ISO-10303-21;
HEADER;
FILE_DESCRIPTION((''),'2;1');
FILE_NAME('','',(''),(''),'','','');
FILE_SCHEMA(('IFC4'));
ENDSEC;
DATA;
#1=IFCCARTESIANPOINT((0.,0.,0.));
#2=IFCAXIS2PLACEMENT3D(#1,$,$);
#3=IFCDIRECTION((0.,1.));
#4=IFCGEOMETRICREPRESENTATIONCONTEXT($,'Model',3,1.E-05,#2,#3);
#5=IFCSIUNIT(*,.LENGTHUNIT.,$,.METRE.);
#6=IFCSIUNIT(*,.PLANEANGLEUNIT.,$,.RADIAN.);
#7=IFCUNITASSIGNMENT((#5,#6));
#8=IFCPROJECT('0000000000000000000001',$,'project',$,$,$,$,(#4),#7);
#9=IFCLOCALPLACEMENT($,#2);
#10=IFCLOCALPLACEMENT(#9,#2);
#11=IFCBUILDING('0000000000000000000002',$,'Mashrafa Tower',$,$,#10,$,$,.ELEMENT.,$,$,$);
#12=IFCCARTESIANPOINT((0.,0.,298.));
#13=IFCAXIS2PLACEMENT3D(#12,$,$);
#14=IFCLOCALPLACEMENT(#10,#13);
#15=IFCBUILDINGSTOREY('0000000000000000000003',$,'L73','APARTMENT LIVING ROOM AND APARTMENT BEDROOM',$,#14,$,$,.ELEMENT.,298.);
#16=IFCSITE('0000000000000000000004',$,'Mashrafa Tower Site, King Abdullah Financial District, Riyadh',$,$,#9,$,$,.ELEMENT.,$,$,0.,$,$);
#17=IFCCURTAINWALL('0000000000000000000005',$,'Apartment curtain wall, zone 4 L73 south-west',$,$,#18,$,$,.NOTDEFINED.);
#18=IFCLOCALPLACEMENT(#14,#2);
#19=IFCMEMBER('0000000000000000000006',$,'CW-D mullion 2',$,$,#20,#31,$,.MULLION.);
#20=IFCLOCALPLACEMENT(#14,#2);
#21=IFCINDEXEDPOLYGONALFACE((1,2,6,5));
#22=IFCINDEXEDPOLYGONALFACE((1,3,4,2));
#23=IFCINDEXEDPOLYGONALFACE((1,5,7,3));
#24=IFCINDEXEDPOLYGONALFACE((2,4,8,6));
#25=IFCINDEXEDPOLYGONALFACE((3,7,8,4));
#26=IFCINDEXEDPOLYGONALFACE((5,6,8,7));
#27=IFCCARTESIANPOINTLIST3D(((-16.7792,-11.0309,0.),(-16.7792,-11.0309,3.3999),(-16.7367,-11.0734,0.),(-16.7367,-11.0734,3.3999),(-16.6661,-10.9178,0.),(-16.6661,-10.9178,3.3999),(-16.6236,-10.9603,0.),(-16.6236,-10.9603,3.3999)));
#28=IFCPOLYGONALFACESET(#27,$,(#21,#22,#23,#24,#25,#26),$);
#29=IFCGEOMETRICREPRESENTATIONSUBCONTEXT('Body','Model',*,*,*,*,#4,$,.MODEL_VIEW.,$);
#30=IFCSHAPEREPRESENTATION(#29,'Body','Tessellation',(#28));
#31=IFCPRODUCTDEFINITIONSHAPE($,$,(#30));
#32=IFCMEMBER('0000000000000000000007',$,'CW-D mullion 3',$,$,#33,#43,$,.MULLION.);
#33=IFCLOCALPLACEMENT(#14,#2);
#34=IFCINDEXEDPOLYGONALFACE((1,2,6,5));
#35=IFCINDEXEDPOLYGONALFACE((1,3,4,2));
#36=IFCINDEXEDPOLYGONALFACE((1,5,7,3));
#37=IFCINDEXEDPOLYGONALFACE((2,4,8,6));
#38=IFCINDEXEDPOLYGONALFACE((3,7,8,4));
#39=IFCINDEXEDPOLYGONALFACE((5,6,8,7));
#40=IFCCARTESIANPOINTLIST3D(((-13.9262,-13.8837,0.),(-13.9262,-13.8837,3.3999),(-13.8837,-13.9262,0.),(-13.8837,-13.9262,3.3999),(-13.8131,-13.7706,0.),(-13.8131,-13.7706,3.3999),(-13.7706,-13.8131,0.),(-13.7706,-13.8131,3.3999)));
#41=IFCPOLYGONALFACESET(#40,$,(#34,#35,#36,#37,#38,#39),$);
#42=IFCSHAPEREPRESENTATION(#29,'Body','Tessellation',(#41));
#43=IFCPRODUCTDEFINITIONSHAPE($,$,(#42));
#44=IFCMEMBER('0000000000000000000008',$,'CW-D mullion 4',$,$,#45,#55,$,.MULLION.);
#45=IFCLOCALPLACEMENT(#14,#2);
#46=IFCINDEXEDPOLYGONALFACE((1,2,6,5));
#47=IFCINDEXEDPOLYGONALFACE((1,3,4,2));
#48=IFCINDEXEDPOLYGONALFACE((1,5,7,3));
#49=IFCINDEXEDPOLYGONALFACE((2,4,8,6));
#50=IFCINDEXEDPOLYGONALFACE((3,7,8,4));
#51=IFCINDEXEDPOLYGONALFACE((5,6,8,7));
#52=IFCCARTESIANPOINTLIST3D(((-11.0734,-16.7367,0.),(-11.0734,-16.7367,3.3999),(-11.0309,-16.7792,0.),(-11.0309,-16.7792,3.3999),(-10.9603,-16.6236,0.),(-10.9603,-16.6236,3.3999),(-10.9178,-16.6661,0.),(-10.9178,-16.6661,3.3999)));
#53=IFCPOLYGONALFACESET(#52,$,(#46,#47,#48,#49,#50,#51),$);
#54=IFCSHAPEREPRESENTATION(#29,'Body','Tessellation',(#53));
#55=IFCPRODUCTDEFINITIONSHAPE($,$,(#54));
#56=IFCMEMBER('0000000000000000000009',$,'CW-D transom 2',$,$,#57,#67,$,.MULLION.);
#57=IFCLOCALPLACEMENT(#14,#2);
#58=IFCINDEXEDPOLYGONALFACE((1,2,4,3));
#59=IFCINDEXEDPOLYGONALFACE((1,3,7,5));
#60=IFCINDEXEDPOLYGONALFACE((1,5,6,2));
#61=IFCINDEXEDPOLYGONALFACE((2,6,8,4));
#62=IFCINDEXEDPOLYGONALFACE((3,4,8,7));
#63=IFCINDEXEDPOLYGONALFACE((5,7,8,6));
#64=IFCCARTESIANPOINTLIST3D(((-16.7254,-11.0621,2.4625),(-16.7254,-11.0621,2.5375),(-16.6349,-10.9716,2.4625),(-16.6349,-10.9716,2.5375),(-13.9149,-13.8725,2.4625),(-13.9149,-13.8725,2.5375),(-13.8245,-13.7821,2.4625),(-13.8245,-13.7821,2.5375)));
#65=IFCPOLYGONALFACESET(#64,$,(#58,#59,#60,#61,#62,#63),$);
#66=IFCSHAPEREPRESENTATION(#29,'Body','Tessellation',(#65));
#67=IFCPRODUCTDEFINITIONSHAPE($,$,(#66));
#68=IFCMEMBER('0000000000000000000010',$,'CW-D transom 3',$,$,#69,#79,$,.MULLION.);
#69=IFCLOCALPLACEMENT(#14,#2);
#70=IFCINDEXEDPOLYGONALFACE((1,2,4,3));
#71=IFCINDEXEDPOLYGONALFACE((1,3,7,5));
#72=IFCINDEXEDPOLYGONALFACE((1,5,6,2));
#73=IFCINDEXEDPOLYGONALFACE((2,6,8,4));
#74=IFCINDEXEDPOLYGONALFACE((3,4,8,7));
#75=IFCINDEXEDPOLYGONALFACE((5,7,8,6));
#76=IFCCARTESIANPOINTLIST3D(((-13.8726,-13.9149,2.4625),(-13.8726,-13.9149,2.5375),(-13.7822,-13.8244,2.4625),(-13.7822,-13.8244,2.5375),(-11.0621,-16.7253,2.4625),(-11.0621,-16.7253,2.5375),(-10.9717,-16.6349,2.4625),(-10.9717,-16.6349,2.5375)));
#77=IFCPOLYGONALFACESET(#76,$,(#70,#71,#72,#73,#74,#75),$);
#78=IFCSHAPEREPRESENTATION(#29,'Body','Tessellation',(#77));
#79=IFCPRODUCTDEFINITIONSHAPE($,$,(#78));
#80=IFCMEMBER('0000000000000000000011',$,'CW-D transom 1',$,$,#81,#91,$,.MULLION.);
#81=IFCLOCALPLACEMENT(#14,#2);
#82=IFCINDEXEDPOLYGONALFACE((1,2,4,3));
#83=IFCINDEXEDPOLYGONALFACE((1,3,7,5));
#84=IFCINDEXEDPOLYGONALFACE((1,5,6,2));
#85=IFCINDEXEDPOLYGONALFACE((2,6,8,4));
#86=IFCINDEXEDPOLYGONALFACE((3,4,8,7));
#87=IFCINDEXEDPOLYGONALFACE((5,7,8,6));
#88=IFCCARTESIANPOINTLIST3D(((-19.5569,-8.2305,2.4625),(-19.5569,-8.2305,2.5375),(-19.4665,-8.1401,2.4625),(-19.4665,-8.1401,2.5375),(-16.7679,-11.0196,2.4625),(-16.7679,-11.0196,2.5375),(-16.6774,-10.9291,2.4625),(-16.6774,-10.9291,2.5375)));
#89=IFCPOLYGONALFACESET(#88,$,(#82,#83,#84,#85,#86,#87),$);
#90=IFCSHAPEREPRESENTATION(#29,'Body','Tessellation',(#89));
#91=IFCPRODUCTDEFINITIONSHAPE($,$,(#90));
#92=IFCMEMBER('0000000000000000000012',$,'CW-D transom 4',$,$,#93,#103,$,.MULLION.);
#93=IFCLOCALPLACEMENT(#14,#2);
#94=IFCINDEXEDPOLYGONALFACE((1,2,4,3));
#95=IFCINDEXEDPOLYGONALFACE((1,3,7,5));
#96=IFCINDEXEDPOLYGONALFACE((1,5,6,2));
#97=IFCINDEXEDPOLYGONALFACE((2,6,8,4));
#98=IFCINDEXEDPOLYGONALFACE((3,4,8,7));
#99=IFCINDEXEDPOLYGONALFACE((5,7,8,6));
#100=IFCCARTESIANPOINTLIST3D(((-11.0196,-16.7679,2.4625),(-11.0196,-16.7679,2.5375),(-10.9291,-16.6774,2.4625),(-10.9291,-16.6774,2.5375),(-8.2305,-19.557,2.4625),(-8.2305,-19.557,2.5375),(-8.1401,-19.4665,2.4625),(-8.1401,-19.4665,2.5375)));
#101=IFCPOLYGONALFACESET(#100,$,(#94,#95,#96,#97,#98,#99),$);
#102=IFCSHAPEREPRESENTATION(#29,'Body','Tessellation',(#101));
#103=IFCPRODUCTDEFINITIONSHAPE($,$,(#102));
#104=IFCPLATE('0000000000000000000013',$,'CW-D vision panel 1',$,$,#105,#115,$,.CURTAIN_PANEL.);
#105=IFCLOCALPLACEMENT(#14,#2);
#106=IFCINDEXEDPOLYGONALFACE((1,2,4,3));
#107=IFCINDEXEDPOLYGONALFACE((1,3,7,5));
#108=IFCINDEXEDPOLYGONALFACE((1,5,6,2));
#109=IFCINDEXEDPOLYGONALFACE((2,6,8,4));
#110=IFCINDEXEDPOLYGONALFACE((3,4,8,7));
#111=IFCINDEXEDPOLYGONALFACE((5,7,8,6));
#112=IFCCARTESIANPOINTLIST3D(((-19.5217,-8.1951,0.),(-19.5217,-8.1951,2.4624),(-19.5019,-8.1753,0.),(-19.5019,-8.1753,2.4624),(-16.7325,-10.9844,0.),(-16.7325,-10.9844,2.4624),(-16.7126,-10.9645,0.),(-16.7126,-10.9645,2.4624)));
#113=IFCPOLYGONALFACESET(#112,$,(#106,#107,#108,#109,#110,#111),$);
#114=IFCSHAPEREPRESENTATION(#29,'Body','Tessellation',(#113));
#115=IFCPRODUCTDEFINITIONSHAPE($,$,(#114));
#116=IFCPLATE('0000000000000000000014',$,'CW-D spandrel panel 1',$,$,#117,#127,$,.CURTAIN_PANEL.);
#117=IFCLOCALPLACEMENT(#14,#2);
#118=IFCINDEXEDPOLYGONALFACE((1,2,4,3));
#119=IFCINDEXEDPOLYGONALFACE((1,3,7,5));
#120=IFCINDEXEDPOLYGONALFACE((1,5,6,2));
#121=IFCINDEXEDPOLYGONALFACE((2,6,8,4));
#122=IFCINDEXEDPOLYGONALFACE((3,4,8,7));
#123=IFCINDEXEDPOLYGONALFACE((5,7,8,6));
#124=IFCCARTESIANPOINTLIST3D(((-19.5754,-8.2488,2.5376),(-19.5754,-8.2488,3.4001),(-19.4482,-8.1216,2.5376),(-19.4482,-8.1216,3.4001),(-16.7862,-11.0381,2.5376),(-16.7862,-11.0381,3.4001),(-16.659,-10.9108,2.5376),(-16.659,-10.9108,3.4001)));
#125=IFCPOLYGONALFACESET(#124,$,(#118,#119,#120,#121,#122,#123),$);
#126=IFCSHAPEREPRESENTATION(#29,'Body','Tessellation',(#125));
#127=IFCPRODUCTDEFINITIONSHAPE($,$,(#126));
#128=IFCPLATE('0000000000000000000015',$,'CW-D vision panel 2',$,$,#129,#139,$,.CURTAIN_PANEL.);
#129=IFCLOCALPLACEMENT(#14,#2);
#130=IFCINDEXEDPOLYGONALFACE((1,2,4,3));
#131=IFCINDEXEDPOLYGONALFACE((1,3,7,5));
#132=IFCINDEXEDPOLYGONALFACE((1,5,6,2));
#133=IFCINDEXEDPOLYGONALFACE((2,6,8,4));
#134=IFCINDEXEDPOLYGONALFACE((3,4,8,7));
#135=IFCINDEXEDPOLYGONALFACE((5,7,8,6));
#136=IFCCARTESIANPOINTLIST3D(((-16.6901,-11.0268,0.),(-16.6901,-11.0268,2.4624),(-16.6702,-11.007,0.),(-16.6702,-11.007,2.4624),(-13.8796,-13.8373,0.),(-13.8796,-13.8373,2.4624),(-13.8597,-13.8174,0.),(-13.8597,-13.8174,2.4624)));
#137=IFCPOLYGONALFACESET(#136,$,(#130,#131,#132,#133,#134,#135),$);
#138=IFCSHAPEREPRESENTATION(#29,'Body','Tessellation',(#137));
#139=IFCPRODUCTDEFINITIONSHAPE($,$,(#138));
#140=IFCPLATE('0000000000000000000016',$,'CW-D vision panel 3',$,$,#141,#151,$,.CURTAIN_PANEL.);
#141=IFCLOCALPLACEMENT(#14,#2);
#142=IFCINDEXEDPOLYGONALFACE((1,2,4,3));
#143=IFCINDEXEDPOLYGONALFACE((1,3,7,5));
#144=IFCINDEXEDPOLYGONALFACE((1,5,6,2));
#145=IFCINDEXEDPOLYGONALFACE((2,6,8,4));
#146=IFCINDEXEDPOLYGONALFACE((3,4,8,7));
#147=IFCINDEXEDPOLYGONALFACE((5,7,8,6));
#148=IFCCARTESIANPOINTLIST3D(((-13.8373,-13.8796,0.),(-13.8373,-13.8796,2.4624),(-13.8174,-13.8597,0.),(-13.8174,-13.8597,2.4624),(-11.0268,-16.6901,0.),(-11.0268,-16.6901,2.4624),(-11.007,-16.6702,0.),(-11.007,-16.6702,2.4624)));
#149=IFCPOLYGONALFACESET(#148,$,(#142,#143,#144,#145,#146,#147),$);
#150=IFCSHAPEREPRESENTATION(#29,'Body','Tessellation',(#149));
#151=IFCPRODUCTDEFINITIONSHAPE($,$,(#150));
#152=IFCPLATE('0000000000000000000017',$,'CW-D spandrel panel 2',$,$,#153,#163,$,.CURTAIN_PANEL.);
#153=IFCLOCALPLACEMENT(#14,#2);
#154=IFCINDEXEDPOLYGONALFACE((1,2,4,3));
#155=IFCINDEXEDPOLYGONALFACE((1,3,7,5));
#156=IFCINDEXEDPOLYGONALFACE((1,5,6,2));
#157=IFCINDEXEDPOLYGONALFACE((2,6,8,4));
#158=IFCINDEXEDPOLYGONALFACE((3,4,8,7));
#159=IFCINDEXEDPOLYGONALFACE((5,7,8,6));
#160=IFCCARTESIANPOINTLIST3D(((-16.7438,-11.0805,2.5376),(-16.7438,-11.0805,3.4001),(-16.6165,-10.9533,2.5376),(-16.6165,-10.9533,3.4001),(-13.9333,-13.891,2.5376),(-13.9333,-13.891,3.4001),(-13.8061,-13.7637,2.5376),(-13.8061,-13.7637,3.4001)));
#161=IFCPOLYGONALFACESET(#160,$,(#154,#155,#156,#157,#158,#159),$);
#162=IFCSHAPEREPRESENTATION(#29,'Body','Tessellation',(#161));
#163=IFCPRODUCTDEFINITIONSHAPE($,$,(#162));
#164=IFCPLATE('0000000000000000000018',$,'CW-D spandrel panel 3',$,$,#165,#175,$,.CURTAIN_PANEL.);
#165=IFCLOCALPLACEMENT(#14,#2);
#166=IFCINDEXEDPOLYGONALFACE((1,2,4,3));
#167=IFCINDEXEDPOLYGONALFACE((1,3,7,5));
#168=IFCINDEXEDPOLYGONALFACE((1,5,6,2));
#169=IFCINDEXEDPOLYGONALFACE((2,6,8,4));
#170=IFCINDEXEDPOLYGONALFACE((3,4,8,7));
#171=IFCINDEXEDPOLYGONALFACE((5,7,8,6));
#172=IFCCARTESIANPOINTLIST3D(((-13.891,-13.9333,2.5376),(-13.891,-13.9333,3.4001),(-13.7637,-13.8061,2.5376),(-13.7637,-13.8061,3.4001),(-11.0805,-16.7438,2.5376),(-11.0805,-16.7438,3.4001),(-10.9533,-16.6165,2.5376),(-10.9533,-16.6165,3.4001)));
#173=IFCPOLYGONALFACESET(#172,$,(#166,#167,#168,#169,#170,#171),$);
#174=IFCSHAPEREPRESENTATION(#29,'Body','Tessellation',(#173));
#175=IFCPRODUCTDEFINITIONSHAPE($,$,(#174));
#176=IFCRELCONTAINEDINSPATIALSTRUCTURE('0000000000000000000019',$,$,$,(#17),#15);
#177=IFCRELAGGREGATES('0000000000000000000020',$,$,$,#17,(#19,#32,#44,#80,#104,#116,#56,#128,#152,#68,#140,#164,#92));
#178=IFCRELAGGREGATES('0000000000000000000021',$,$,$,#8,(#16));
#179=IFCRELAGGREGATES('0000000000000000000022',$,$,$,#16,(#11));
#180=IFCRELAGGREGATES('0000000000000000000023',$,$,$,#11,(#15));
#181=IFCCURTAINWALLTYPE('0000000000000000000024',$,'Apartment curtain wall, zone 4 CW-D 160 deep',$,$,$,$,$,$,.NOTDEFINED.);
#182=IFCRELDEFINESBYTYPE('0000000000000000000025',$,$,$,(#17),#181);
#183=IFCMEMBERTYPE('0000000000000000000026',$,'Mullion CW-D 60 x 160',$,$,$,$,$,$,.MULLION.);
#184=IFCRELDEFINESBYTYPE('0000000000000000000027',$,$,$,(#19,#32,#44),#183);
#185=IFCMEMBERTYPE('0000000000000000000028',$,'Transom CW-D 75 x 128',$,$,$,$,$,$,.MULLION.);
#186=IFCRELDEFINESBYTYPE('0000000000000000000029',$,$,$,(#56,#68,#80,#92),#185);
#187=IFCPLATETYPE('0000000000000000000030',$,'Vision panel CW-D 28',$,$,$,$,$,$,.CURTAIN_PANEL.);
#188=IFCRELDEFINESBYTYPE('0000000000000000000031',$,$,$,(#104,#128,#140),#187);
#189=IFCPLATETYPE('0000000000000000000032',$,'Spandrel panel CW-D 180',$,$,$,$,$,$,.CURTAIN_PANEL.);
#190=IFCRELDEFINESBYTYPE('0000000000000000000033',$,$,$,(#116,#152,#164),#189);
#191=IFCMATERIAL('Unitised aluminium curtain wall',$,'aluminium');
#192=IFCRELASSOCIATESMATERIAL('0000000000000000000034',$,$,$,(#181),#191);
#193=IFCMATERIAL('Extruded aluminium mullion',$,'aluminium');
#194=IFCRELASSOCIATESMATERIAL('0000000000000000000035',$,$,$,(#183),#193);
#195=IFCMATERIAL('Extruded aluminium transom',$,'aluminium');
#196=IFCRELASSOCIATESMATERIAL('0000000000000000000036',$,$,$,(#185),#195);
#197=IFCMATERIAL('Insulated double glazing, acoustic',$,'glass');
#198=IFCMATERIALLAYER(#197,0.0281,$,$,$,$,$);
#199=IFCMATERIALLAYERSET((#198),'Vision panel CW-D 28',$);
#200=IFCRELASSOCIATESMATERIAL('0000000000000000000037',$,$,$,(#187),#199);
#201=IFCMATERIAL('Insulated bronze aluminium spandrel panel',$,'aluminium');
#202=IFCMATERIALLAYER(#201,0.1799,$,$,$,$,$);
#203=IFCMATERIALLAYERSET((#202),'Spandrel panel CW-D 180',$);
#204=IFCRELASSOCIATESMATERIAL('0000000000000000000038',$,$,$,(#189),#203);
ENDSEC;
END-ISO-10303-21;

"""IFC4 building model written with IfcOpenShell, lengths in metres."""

from ifc_helpers import new_model, si_unit, direction, frame, origin, origin_2d, place, context, subcontext, project, spatial, rectangle, extrude, source, transform, mapped, material, layer, layer_set, material_profile, profile_set, type_object, type_shapes, element, aggregate, save


model = new_model("IFC4")

# Units and contexts
model_context = context("Model", 3, precision=1e-05, world=origin(), true_north=direction((0.0, 1.0)))
body_context = subcontext(model_context, "Body", "Model", "MODEL_VIEW")
ifc_project = project(units=[si_unit("LENGTHUNIT", "METRE"), si_unit("PLANEANGLEUNIT", "RADIAN")], contexts=[model_context])

# Site, building, storey
site_placement = place(None, origin())
site = spatial("IfcSite", under=ifc_project, at=site_placement, Name="Mashrafa Tower Site, King Abdullah Financial District, Riyadh", CompositionType="ELEMENT", RefElevation=0.0)
building_placement = place(site_placement, origin())
building = spatial("IfcBuilding", under=site, at=building_placement, Name="Mashrafa Tower", CompositionType="ELEMENT")
storey_placement = place(building_placement, frame((0.0, 0.0, 298.0)))
storey = spatial("IfcBuildingStorey", under=building, at=storey_placement, Name="L73", Description="APARTMENT LIVING ROOM AND APARTMENT BEDROOM", CompositionType="ELEMENT", Elevation=298.0)

# Curtain wall, members, plates
ifc_material_1 = material(Name="Unitised aluminium curtain wall", Category="aluminium")
curtain_wall_type = type_object("IfcCurtainWallType", Name="Apartment curtain wall, zone 4 CW-D 160 deep", PredefinedType="NOTDEFINED", material=ifc_material_1)
curtain_wall_placement = place(storey_placement, origin())
curtain_wall = element("IfcCurtainWall", 1, at=curtain_wall_placement, inside=storey, type_object=curtain_wall_type, Name="Apartment curtain wall, zone 4 L73 south-west", PredefinedType="NOTDEFINED")
ifc_material_2 = material(Name="Extruded aluminium mullion", Category="aluminium")
ifc_material_profile_1 = material_profile(ifc_material_2, rectangle(XDim=0.1599, YDim=0.0601, at=origin_2d()), Name="Mullion 60x160")
ifc_profile_set_1 = profile_set([ifc_material_profile_1], Name="Extruded aluminium mullion")
member_type_1 = type_object("IfcMemberType", Name="Mullion CW-D 60 x 160", PredefinedType="MULLION", material=ifc_profile_set_1)
shared_shape_1 = source(origin(), body_context, "Body", "SweptSolid", [
    extrude(rectangle(XDim=0.1599, YDim=0.0601, at=origin_2d()), origin(), (0.0, 0.0, 1.0), 3.3999),
])
type_shapes(member_type_1, [shared_shape_1])
member_1_placement = place(storey_placement, frame((-16.7014, -10.9956, 0.0), z_axis=(0.0, 0.0, 1.0), x_axis=(0.707107, 0.707107, 0.0)))
member_1 = element("IfcMember", 2, at=member_1_placement, type_object=member_type_1, Name="CW-D mullion 2", PredefinedType="MULLION", context=body_context, shape_type="MappedRepresentation", body=[
    mapped(shared_shape_1, transform((0.0, 0.0, 0.0))),
])
member_2_placement = place(storey_placement, frame((-13.8484, -13.8484, 0.0), z_axis=(0.0, 0.0, 1.0), x_axis=(0.707107, 0.707107, 0.0)))
member_2 = element("IfcMember", 3, at=member_2_placement, type_object=member_type_1, Name="CW-D mullion 3", PredefinedType="MULLION", context=body_context, shape_type="MappedRepresentation", body=[
    mapped(shared_shape_1, transform((0.0, 0.0, 0.0))),
])
member_3_placement = place(storey_placement, frame((-10.9956, -16.7014, 0.0), z_axis=(0.0, 0.0, 1.0), x_axis=(0.707107, 0.707107, 0.0)))
member_3 = element("IfcMember", 4, at=member_3_placement, type_object=member_type_1, Name="CW-D mullion 4", PredefinedType="MULLION", context=body_context, shape_type="MappedRepresentation", body=[
    mapped(shared_shape_1, transform((0.0, 0.0, 0.0))),
])
ifc_material_3 = material(Name="Extruded aluminium transom", Category="aluminium")
ifc_material_profile_2 = material_profile(ifc_material_3, rectangle(XDim=0.1279, YDim=0.075, at=origin_2d()), Name="Transom 75x128")
ifc_profile_set_2 = profile_set([ifc_material_profile_2], Name="Extruded aluminium transom")
member_type_2 = type_object("IfcMemberType", Name="Transom CW-D 75 x 128", PredefinedType="MULLION", material=ifc_profile_set_2)
shared_shape_2 = source(origin(), body_context, "Body", "SweptSolid", [
    extrude(rectangle(XDim=0.1279, YDim=0.075, at=origin_2d()), origin(), (0.0, 0.0, 1.0), 3.9746),
])
member_4_placement = place(storey_placement, frame((-16.6802, -11.0168, 2.5), z_axis=(0.707107, -0.707107, 0.0), x_axis=(0.707107, 0.707107, 0.0)))
member_4 = element("IfcMember", 5, at=member_4_placement, type_object=member_type_2, Name="CW-D transom 2", PredefinedType="MULLION", context=body_context, shape_type="MappedRepresentation", body=[
    mapped(shared_shape_2, transform((0.0, 0.0, 0.0))),
])
member_5_placement = place(storey_placement, frame((-13.8274, -13.8696, 2.5), z_axis=(0.707107, -0.707107, 0.0), x_axis=(0.707107, 0.707107, 0.0)))
member_5 = element("IfcMember", 6, at=member_5_placement, type_object=member_type_2, Name="CW-D transom 3", PredefinedType="MULLION", context=body_context, shape_type="MappedRepresentation", body=[
    mapped(shared_shape_2, transform((0.0, 0.0, 0.0))),
])
shared_shape_3 = source(origin(), body_context, "Body", "SweptSolid", [
    extrude(rectangle(XDim=0.1279, YDim=0.075, at=origin_2d()), origin(), (0.0, 0.0, 1.0), 3.9443),
])
type_shapes(member_type_2, [shared_shape_2, shared_shape_3])
member_6_placement = place(storey_placement, frame((-19.5117, -8.1853, 2.5), z_axis=(0.707107, -0.707107, 0.0), x_axis=(0.707107, 0.707107, 0.0)))
member_6 = element("IfcMember", 7, at=member_6_placement, type_object=member_type_2, Name="CW-D transom 1", PredefinedType="MULLION", context=body_context, shape_type="MappedRepresentation", body=[
    mapped(shared_shape_3, transform((0.0, 0.0, 0.0))),
])
member_7_placement = place(storey_placement, frame((-10.9744, -16.7227, 2.5), z_axis=(0.707107, -0.707107, 0.0), x_axis=(0.707107, 0.707107, 0.0)))
member_7 = element("IfcMember", 8, at=member_7_placement, type_object=member_type_2, Name="CW-D transom 4", PredefinedType="MULLION", context=body_context, shape_type="MappedRepresentation", body=[
    mapped(shared_shape_3, transform((0.0, 0.0, 0.0))),
])
ifc_material_4 = material(Name="Insulated double glazing, acoustic", Category="glass")
ifc_layer_1 = layer(ifc_material_4, 0.0281)
ifc_layer_set_1 = layer_set([ifc_layer_1], Name="Vision panel CW-D 28")
plate_type_1 = type_object("IfcPlateType", Name="Vision panel CW-D 28", PredefinedType="CURTAIN_PANEL", material=ifc_layer_set_1)
shared_shape_4 = source(origin(), body_context, "Body", "SweptSolid", [
    extrude(rectangle(XDim=3.9446, YDim=0.0281, at=origin_2d()), origin(), (0.0, 0.0, 1.0), 2.4624),
])
plate_1_placement = place(storey_placement, frame((-18.1172, -9.5798, 0.0), z_axis=(0.0, 0.0, 1.0), x_axis=(0.707107, -0.707107, 0.0)))
plate_1 = element("IfcPlate", 9, at=plate_1_placement, type_object=plate_type_1, Name="CW-D vision panel 1", PredefinedType="CURTAIN_PANEL", context=body_context, shape_type="MappedRepresentation", body=[
    mapped(shared_shape_4, transform((0.0, 0.0, 0.0))),
])
ifc_material_5 = material(Name="Insulated bronze aluminium spandrel panel", Category="aluminium")
ifc_layer_2 = layer(ifc_material_5, 0.1799)
ifc_layer_set_2 = layer_set([ifc_layer_2], Name="Spandrel panel CW-D 180")
plate_type_2 = type_object("IfcPlateType", Name="Spandrel panel CW-D 180", PredefinedType="CURTAIN_PANEL", material=ifc_layer_set_2)
shared_shape_5 = source(origin(), body_context, "Body", "SweptSolid", [
    extrude(rectangle(XDim=3.9446, YDim=0.1799, at=origin_2d()), origin(), (0.0, 0.0, 1.0), 0.8625),
])
plate_2_placement = place(storey_placement, frame((-18.1172, -9.5798, 2.5376), z_axis=(0.0, 0.0, 1.0), x_axis=(0.707107, -0.707107, 0.0)))
plate_2 = element("IfcPlate", 10, at=plate_2_placement, type_object=plate_type_2, Name="CW-D spandrel panel 1", PredefinedType="CURTAIN_PANEL", context=body_context, shape_type="MappedRepresentation", body=[
    mapped(shared_shape_5, transform((0.0, 0.0, 0.0))),
])
shared_shape_6 = source(origin(), body_context, "Body", "SweptSolid", [
    extrude(rectangle(XDim=3.9746, YDim=0.0281, at=origin_2d()), origin(), (0.0, 0.0, 1.0), 2.4624),
])
type_shapes(plate_type_1, [shared_shape_4, shared_shape_6])
plate_3_placement = place(storey_placement, frame((-15.2749, -12.4221, 0.0), z_axis=(0.0, 0.0, 1.0), x_axis=(0.707107, -0.707107, 0.0)))
plate_3 = element("IfcPlate", 11, at=plate_3_placement, type_object=plate_type_1, Name="CW-D vision panel 2", PredefinedType="CURTAIN_PANEL", context=body_context, shape_type="MappedRepresentation", body=[
    mapped(shared_shape_6, transform((0.0, 0.0, 0.0))),
])
plate_4_placement = place(storey_placement, frame((-12.4221, -15.2749, 0.0), z_axis=(0.0, 0.0, 1.0), x_axis=(0.707107, -0.707107, 0.0)))
plate_4 = element("IfcPlate", 12, at=plate_4_placement, type_object=plate_type_1, Name="CW-D vision panel 3", PredefinedType="CURTAIN_PANEL", context=body_context, shape_type="MappedRepresentation", body=[
    mapped(shared_shape_6, transform((0.0, 0.0, 0.0))),
])
shared_shape_7 = source(origin(), body_context, "Body", "SweptSolid", [
    extrude(rectangle(XDim=3.9746, YDim=0.1799, at=origin_2d()), origin(), (0.0, 0.0, 1.0), 0.8625),
])
type_shapes(plate_type_2, [shared_shape_5, shared_shape_7])
plate_5_placement = place(storey_placement, frame((-15.2749, -12.4221, 2.5376), z_axis=(0.0, 0.0, 1.0), x_axis=(0.707107, -0.707107, 0.0)))
plate_5 = element("IfcPlate", 13, at=plate_5_placement, type_object=plate_type_2, Name="CW-D spandrel panel 2", PredefinedType="CURTAIN_PANEL", context=body_context, shape_type="MappedRepresentation", body=[
    mapped(shared_shape_7, transform((0.0, 0.0, 0.0))),
])
plate_6_placement = place(storey_placement, frame((-12.4221, -15.2749, 2.5376), z_axis=(0.0, 0.0, 1.0), x_axis=(0.707107, -0.707107, 0.0)))
plate_6 = element("IfcPlate", 14, at=plate_6_placement, type_object=plate_type_2, Name="CW-D spandrel panel 3", PredefinedType="CURTAIN_PANEL", context=body_context, shape_type="MappedRepresentation", body=[
    mapped(shared_shape_7, transform((0.0, 0.0, 0.0))),
])
aggregate(curtain_wall, [member_1, member_2, member_3, member_6, plate_1, plate_2, member_4, plate_3, plate_5, member_5, plate_4, plate_6, member_7])

save(model, "model.ifc")
